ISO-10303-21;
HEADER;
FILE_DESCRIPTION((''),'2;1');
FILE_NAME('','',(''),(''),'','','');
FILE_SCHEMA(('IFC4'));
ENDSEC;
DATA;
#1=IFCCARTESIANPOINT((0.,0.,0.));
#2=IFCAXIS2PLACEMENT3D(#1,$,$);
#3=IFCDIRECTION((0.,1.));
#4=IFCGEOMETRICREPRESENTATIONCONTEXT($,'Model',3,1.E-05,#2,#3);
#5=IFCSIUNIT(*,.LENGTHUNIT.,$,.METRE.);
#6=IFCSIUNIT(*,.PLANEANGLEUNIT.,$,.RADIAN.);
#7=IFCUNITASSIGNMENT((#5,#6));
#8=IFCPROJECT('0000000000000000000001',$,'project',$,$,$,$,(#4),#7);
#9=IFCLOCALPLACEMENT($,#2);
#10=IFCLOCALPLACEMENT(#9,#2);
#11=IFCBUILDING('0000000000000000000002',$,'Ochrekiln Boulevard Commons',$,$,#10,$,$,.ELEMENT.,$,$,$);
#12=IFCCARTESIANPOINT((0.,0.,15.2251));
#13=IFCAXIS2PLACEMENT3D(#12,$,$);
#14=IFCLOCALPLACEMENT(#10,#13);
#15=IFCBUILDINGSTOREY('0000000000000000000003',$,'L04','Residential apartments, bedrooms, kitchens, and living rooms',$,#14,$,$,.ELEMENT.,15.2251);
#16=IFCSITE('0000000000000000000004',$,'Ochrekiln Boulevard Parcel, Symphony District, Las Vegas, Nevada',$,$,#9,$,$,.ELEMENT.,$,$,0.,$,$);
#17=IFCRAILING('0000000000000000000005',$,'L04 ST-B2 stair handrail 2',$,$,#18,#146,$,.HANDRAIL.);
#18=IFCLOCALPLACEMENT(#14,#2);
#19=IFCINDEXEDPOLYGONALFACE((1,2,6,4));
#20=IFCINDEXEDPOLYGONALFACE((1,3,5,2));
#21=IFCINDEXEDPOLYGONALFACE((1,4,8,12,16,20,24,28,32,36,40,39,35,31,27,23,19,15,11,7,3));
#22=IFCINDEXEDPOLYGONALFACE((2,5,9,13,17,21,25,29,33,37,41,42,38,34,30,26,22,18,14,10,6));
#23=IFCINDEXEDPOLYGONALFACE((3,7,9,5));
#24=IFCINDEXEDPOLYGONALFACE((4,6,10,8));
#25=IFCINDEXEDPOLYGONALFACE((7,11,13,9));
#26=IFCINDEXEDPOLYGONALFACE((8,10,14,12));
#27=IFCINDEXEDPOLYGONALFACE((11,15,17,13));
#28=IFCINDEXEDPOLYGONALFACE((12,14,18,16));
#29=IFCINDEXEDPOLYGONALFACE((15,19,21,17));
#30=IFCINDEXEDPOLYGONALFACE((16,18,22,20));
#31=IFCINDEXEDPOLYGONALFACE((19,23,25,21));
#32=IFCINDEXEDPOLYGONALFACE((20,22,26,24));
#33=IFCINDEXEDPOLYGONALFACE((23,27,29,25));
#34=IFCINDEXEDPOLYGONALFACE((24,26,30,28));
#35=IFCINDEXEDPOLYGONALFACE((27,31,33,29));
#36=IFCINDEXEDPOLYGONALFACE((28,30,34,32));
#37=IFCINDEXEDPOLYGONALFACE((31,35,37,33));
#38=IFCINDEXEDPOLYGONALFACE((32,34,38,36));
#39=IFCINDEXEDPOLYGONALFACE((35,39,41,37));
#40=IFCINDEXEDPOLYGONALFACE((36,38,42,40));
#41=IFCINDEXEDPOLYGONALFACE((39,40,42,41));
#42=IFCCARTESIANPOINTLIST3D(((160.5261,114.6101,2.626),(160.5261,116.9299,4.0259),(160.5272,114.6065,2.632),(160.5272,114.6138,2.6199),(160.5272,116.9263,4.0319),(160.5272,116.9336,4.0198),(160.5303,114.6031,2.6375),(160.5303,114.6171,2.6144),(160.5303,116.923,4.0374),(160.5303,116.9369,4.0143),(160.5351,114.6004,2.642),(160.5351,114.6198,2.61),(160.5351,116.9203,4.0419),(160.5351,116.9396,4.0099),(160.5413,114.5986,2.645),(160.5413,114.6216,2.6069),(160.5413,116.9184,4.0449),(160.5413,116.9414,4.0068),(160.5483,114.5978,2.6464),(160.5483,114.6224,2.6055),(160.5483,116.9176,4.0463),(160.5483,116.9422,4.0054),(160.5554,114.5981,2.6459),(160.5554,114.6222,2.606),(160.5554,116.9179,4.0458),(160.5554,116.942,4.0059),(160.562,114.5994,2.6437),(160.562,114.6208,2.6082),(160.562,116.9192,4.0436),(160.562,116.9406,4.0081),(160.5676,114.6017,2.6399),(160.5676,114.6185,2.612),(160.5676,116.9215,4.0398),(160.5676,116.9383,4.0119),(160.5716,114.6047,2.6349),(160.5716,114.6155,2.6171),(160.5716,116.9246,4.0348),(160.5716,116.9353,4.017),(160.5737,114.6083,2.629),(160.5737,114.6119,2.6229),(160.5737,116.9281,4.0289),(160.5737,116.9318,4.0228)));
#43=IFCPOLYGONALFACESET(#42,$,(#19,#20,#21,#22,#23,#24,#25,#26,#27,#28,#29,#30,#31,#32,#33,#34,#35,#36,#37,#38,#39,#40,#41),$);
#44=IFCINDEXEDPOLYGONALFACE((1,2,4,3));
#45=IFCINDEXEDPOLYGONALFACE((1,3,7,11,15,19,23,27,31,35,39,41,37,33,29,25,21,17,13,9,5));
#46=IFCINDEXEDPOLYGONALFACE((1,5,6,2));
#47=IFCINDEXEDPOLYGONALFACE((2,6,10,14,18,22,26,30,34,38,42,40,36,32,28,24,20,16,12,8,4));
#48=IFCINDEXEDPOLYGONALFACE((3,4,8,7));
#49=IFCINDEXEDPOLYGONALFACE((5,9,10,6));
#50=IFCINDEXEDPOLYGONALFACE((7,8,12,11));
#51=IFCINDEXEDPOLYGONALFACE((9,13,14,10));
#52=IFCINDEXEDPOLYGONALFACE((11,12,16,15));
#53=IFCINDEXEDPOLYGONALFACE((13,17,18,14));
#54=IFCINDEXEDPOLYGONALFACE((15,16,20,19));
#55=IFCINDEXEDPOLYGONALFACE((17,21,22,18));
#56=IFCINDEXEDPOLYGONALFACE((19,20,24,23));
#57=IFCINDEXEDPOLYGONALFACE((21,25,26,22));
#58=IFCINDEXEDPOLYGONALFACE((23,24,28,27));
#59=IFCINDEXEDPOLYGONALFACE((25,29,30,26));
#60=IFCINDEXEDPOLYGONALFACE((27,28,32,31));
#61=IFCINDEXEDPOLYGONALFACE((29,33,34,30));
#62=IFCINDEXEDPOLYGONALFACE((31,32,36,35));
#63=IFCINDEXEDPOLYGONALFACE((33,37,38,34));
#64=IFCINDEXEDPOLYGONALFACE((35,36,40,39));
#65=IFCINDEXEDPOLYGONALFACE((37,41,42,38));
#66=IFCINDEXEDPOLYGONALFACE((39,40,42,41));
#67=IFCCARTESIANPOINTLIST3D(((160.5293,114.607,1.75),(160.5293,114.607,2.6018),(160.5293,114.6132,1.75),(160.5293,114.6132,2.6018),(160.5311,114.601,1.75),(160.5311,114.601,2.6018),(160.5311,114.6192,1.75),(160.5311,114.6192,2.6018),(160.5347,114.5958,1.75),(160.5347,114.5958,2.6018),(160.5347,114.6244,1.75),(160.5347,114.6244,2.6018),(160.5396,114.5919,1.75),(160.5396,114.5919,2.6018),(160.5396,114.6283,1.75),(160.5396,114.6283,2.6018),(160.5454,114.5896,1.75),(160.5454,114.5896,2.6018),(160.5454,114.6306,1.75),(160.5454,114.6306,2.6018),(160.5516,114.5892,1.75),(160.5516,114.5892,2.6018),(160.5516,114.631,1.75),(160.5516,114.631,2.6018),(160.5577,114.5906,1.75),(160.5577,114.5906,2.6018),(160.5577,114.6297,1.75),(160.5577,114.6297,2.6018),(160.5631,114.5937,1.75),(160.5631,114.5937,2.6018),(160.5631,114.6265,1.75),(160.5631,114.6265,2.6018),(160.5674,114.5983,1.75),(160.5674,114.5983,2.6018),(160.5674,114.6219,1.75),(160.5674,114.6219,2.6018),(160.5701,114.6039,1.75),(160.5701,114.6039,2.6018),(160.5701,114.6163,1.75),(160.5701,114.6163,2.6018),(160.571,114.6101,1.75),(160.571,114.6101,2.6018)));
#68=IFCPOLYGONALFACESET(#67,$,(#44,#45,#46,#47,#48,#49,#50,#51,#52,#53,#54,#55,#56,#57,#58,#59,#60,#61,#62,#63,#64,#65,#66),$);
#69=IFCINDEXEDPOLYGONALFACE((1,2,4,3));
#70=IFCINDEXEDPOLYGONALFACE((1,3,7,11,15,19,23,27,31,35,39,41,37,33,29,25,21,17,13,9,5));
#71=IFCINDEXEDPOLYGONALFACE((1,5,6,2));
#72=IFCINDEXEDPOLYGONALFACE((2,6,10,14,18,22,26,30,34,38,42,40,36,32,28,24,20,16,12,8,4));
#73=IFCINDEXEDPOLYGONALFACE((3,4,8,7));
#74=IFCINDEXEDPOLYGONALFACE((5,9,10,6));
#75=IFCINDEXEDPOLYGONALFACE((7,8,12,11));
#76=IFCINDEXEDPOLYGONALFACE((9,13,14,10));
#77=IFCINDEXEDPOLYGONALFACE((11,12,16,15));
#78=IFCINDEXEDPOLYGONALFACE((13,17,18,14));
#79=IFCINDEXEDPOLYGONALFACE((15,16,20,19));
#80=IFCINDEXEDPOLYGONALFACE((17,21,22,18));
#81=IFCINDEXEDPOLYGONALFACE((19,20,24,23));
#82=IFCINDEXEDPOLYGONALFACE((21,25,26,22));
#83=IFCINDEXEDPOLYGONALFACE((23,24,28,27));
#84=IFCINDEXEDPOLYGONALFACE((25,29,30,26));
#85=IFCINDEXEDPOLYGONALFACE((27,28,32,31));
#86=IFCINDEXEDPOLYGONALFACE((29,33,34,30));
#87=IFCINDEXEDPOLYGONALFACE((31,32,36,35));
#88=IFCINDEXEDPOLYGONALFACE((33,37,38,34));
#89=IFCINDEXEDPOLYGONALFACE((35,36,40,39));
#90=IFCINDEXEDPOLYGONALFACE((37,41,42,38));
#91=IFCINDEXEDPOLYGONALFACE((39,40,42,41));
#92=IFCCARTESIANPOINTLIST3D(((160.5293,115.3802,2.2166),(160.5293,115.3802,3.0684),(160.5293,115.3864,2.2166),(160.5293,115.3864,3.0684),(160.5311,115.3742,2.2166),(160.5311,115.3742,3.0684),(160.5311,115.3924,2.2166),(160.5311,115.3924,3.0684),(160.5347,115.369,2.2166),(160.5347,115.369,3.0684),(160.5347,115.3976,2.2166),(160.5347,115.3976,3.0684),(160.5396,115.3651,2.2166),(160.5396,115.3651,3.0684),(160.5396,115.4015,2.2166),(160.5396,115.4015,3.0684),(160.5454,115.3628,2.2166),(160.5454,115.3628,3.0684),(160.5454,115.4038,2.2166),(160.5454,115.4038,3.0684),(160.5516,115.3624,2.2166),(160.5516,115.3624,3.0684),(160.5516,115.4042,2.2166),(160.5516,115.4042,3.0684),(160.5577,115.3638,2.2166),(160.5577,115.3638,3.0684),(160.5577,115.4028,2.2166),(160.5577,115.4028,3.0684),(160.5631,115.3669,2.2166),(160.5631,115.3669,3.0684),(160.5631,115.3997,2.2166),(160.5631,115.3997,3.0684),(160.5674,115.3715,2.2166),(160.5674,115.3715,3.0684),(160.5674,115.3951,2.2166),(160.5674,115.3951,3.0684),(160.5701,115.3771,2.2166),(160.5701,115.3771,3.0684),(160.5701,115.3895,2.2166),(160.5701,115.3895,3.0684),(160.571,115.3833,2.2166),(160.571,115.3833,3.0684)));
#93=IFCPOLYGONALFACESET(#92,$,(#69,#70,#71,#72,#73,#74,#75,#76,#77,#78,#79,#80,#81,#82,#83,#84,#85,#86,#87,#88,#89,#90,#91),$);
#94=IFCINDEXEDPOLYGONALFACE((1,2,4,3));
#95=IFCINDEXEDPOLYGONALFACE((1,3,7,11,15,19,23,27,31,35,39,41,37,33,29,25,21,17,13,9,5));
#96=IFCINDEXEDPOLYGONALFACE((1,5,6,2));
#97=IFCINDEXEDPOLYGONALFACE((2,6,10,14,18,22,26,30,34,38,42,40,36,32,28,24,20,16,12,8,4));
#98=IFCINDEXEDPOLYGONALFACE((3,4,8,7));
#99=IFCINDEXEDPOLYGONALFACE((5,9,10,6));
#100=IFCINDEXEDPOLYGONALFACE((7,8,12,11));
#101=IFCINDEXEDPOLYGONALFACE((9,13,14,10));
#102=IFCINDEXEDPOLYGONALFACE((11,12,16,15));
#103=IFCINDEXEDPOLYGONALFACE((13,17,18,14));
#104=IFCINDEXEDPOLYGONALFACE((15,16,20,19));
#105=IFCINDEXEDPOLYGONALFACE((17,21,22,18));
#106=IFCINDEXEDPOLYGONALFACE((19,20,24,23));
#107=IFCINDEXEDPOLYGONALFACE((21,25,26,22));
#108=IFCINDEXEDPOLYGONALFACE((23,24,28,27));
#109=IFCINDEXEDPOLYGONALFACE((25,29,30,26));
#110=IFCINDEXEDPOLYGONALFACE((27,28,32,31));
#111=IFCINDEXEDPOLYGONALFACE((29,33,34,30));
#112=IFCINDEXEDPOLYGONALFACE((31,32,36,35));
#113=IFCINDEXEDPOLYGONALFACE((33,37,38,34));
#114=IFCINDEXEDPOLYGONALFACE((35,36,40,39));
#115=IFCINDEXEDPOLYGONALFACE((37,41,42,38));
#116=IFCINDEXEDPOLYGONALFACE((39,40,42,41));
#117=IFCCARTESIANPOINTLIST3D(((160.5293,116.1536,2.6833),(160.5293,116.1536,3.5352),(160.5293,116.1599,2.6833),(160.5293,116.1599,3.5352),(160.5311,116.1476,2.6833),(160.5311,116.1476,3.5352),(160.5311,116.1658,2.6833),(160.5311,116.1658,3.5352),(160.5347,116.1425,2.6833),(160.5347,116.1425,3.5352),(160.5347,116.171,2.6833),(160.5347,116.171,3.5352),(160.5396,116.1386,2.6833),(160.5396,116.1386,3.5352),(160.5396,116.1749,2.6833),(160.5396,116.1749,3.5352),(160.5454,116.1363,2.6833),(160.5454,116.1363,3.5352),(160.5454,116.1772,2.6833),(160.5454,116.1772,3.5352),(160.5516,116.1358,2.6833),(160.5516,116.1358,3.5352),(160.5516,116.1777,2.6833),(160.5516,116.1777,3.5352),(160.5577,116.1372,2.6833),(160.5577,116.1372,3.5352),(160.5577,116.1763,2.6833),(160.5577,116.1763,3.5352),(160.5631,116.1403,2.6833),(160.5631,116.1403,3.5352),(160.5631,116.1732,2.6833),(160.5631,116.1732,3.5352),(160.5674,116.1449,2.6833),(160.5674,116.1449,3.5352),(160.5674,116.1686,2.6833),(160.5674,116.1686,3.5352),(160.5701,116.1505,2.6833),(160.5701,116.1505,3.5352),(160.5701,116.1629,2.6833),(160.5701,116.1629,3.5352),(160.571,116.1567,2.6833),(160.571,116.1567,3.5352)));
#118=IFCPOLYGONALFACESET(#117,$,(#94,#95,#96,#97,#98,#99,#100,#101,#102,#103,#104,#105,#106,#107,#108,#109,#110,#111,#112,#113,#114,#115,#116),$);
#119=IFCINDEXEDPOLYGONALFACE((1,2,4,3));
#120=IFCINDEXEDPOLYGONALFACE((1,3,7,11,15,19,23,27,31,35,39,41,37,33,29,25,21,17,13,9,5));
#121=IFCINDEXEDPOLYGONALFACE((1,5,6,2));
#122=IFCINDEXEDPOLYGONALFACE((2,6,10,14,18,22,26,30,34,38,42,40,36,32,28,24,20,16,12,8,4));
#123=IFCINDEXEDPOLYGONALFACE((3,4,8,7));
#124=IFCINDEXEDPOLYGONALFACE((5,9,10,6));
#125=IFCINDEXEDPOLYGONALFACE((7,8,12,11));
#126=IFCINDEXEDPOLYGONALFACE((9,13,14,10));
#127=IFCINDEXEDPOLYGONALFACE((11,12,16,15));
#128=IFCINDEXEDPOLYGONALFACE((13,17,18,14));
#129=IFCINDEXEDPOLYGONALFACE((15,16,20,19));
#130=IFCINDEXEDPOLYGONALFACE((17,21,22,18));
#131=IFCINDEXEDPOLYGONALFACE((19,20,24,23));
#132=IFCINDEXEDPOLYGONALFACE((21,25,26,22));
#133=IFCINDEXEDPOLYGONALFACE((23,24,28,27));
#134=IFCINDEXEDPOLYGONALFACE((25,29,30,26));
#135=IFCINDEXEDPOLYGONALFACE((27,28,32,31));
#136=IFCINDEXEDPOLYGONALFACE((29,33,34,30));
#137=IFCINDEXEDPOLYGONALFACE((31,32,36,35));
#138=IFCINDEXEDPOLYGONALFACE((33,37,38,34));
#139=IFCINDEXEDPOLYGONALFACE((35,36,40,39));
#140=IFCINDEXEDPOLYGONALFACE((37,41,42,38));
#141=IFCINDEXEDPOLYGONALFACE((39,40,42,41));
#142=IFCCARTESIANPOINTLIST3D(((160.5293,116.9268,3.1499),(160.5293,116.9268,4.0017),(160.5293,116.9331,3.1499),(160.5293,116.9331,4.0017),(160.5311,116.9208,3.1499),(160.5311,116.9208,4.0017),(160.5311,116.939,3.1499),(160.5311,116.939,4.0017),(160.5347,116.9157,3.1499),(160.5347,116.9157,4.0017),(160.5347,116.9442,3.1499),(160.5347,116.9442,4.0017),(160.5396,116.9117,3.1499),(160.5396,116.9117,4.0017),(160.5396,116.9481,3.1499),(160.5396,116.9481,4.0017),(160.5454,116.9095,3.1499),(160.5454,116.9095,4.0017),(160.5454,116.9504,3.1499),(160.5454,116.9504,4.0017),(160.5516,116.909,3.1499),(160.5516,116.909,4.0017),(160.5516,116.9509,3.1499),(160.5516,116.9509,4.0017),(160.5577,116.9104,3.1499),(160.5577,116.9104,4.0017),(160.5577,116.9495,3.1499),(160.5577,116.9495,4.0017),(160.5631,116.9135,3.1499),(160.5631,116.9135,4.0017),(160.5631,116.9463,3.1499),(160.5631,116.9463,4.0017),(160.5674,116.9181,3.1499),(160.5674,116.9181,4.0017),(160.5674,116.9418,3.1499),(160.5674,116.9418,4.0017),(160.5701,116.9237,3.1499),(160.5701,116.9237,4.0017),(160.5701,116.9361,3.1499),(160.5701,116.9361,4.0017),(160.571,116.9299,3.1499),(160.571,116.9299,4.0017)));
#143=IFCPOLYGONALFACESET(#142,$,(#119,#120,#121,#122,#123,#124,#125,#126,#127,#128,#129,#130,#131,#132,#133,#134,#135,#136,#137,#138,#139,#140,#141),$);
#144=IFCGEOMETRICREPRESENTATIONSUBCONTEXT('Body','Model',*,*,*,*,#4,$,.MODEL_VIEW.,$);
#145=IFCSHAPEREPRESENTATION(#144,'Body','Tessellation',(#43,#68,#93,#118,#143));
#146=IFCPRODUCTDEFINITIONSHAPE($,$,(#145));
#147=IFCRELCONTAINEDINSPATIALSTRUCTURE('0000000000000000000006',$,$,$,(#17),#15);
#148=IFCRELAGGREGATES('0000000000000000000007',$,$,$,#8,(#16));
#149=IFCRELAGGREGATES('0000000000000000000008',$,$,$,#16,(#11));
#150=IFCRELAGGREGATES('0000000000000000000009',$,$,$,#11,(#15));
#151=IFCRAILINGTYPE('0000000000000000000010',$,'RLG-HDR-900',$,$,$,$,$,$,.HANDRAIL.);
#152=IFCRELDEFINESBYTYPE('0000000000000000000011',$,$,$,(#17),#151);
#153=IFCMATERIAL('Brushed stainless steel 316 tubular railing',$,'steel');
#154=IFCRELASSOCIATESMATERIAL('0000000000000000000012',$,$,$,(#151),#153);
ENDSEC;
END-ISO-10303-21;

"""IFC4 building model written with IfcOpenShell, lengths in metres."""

from ifc_helpers import new_model, si_unit, direction, frame, origin, origin_2d, place, context, subcontext, project, spatial, circle, extrude, material, type_object, element, save


model = new_model("IFC4")

# Units and contexts
model_context = context("Model", 3, precision=1e-05, world=origin(), true_north=direction((0.0, 1.0)))
body_context = subcontext(model_context, "Body", "Model", "MODEL_VIEW")
ifc_project = project(units=[si_unit("LENGTHUNIT", "METRE"), si_unit("PLANEANGLEUNIT", "RADIAN")], contexts=[model_context])

# Site, building, storey
site_placement = place(None, origin())
site = spatial("IfcSite", under=ifc_project, at=site_placement, Name="Ochrekiln Boulevard Parcel, Symphony District, Las Vegas, Nevada", CompositionType="ELEMENT", RefElevation=0.0)
building_placement = place(site_placement, origin())
building = spatial("IfcBuilding", under=site, at=building_placement, Name="Ochrekiln Boulevard Commons", CompositionType="ELEMENT")
storey_placement = place(building_placement, frame((0.0, 0.0, 15.2251)))
storey = spatial("IfcBuildingStorey", under=building, at=storey_placement, Name="L04", Description="Residential apartments, bedrooms, kitchens, and living rooms", CompositionType="ELEMENT", Elevation=15.2251)

# Railing
ifc_material_1 = material(Name="Brushed stainless steel 316 tubular railing", Category="steel")
railing_type = type_object("IfcRailingType", Name="RLG-HDR-900", PredefinedType="HANDRAIL", material=ifc_material_1)
railing_placement = place(storey_placement, frame((160.55, 114.6101, 1.75)))
element("IfcRailing", 1, at=railing_placement, inside=storey, type_object=railing_type, Name="L04 ST-B2 stair handrail 2", PredefinedType="HANDRAIL", context=body_context, shape_type="SweptSolid", body=[
    extrude(circle(Radius=0.0239, at=origin_2d()), frame((0.0, 0.0, 0.876), z_axis=(0.0, 0.856186, 0.516667), x_axis=(-1.0, 0.0, 0.0)), (0.0, 0.0, 1.0), 2.7095),
    extrude(circle(Radius=0.021, at=origin_2d()), origin(), (0.0, 0.0, 1.0), 0.8518),
    extrude(circle(Radius=0.021, at=origin_2d()), frame((0.0, 0.7732, 0.4666)), (0.0, 0.0, 1.0), 0.8518),
    extrude(circle(Radius=0.021, at=origin_2d()), frame((0.0, 1.5466, 0.9333)), (0.0, 0.0, 1.0), 0.8518),
    extrude(circle(Radius=0.021, at=origin_2d()), frame((0.0, 2.3198, 1.3999)), (0.0, 0.0, 1.0), 0.8518),
])

save(model, "model.ifc")
